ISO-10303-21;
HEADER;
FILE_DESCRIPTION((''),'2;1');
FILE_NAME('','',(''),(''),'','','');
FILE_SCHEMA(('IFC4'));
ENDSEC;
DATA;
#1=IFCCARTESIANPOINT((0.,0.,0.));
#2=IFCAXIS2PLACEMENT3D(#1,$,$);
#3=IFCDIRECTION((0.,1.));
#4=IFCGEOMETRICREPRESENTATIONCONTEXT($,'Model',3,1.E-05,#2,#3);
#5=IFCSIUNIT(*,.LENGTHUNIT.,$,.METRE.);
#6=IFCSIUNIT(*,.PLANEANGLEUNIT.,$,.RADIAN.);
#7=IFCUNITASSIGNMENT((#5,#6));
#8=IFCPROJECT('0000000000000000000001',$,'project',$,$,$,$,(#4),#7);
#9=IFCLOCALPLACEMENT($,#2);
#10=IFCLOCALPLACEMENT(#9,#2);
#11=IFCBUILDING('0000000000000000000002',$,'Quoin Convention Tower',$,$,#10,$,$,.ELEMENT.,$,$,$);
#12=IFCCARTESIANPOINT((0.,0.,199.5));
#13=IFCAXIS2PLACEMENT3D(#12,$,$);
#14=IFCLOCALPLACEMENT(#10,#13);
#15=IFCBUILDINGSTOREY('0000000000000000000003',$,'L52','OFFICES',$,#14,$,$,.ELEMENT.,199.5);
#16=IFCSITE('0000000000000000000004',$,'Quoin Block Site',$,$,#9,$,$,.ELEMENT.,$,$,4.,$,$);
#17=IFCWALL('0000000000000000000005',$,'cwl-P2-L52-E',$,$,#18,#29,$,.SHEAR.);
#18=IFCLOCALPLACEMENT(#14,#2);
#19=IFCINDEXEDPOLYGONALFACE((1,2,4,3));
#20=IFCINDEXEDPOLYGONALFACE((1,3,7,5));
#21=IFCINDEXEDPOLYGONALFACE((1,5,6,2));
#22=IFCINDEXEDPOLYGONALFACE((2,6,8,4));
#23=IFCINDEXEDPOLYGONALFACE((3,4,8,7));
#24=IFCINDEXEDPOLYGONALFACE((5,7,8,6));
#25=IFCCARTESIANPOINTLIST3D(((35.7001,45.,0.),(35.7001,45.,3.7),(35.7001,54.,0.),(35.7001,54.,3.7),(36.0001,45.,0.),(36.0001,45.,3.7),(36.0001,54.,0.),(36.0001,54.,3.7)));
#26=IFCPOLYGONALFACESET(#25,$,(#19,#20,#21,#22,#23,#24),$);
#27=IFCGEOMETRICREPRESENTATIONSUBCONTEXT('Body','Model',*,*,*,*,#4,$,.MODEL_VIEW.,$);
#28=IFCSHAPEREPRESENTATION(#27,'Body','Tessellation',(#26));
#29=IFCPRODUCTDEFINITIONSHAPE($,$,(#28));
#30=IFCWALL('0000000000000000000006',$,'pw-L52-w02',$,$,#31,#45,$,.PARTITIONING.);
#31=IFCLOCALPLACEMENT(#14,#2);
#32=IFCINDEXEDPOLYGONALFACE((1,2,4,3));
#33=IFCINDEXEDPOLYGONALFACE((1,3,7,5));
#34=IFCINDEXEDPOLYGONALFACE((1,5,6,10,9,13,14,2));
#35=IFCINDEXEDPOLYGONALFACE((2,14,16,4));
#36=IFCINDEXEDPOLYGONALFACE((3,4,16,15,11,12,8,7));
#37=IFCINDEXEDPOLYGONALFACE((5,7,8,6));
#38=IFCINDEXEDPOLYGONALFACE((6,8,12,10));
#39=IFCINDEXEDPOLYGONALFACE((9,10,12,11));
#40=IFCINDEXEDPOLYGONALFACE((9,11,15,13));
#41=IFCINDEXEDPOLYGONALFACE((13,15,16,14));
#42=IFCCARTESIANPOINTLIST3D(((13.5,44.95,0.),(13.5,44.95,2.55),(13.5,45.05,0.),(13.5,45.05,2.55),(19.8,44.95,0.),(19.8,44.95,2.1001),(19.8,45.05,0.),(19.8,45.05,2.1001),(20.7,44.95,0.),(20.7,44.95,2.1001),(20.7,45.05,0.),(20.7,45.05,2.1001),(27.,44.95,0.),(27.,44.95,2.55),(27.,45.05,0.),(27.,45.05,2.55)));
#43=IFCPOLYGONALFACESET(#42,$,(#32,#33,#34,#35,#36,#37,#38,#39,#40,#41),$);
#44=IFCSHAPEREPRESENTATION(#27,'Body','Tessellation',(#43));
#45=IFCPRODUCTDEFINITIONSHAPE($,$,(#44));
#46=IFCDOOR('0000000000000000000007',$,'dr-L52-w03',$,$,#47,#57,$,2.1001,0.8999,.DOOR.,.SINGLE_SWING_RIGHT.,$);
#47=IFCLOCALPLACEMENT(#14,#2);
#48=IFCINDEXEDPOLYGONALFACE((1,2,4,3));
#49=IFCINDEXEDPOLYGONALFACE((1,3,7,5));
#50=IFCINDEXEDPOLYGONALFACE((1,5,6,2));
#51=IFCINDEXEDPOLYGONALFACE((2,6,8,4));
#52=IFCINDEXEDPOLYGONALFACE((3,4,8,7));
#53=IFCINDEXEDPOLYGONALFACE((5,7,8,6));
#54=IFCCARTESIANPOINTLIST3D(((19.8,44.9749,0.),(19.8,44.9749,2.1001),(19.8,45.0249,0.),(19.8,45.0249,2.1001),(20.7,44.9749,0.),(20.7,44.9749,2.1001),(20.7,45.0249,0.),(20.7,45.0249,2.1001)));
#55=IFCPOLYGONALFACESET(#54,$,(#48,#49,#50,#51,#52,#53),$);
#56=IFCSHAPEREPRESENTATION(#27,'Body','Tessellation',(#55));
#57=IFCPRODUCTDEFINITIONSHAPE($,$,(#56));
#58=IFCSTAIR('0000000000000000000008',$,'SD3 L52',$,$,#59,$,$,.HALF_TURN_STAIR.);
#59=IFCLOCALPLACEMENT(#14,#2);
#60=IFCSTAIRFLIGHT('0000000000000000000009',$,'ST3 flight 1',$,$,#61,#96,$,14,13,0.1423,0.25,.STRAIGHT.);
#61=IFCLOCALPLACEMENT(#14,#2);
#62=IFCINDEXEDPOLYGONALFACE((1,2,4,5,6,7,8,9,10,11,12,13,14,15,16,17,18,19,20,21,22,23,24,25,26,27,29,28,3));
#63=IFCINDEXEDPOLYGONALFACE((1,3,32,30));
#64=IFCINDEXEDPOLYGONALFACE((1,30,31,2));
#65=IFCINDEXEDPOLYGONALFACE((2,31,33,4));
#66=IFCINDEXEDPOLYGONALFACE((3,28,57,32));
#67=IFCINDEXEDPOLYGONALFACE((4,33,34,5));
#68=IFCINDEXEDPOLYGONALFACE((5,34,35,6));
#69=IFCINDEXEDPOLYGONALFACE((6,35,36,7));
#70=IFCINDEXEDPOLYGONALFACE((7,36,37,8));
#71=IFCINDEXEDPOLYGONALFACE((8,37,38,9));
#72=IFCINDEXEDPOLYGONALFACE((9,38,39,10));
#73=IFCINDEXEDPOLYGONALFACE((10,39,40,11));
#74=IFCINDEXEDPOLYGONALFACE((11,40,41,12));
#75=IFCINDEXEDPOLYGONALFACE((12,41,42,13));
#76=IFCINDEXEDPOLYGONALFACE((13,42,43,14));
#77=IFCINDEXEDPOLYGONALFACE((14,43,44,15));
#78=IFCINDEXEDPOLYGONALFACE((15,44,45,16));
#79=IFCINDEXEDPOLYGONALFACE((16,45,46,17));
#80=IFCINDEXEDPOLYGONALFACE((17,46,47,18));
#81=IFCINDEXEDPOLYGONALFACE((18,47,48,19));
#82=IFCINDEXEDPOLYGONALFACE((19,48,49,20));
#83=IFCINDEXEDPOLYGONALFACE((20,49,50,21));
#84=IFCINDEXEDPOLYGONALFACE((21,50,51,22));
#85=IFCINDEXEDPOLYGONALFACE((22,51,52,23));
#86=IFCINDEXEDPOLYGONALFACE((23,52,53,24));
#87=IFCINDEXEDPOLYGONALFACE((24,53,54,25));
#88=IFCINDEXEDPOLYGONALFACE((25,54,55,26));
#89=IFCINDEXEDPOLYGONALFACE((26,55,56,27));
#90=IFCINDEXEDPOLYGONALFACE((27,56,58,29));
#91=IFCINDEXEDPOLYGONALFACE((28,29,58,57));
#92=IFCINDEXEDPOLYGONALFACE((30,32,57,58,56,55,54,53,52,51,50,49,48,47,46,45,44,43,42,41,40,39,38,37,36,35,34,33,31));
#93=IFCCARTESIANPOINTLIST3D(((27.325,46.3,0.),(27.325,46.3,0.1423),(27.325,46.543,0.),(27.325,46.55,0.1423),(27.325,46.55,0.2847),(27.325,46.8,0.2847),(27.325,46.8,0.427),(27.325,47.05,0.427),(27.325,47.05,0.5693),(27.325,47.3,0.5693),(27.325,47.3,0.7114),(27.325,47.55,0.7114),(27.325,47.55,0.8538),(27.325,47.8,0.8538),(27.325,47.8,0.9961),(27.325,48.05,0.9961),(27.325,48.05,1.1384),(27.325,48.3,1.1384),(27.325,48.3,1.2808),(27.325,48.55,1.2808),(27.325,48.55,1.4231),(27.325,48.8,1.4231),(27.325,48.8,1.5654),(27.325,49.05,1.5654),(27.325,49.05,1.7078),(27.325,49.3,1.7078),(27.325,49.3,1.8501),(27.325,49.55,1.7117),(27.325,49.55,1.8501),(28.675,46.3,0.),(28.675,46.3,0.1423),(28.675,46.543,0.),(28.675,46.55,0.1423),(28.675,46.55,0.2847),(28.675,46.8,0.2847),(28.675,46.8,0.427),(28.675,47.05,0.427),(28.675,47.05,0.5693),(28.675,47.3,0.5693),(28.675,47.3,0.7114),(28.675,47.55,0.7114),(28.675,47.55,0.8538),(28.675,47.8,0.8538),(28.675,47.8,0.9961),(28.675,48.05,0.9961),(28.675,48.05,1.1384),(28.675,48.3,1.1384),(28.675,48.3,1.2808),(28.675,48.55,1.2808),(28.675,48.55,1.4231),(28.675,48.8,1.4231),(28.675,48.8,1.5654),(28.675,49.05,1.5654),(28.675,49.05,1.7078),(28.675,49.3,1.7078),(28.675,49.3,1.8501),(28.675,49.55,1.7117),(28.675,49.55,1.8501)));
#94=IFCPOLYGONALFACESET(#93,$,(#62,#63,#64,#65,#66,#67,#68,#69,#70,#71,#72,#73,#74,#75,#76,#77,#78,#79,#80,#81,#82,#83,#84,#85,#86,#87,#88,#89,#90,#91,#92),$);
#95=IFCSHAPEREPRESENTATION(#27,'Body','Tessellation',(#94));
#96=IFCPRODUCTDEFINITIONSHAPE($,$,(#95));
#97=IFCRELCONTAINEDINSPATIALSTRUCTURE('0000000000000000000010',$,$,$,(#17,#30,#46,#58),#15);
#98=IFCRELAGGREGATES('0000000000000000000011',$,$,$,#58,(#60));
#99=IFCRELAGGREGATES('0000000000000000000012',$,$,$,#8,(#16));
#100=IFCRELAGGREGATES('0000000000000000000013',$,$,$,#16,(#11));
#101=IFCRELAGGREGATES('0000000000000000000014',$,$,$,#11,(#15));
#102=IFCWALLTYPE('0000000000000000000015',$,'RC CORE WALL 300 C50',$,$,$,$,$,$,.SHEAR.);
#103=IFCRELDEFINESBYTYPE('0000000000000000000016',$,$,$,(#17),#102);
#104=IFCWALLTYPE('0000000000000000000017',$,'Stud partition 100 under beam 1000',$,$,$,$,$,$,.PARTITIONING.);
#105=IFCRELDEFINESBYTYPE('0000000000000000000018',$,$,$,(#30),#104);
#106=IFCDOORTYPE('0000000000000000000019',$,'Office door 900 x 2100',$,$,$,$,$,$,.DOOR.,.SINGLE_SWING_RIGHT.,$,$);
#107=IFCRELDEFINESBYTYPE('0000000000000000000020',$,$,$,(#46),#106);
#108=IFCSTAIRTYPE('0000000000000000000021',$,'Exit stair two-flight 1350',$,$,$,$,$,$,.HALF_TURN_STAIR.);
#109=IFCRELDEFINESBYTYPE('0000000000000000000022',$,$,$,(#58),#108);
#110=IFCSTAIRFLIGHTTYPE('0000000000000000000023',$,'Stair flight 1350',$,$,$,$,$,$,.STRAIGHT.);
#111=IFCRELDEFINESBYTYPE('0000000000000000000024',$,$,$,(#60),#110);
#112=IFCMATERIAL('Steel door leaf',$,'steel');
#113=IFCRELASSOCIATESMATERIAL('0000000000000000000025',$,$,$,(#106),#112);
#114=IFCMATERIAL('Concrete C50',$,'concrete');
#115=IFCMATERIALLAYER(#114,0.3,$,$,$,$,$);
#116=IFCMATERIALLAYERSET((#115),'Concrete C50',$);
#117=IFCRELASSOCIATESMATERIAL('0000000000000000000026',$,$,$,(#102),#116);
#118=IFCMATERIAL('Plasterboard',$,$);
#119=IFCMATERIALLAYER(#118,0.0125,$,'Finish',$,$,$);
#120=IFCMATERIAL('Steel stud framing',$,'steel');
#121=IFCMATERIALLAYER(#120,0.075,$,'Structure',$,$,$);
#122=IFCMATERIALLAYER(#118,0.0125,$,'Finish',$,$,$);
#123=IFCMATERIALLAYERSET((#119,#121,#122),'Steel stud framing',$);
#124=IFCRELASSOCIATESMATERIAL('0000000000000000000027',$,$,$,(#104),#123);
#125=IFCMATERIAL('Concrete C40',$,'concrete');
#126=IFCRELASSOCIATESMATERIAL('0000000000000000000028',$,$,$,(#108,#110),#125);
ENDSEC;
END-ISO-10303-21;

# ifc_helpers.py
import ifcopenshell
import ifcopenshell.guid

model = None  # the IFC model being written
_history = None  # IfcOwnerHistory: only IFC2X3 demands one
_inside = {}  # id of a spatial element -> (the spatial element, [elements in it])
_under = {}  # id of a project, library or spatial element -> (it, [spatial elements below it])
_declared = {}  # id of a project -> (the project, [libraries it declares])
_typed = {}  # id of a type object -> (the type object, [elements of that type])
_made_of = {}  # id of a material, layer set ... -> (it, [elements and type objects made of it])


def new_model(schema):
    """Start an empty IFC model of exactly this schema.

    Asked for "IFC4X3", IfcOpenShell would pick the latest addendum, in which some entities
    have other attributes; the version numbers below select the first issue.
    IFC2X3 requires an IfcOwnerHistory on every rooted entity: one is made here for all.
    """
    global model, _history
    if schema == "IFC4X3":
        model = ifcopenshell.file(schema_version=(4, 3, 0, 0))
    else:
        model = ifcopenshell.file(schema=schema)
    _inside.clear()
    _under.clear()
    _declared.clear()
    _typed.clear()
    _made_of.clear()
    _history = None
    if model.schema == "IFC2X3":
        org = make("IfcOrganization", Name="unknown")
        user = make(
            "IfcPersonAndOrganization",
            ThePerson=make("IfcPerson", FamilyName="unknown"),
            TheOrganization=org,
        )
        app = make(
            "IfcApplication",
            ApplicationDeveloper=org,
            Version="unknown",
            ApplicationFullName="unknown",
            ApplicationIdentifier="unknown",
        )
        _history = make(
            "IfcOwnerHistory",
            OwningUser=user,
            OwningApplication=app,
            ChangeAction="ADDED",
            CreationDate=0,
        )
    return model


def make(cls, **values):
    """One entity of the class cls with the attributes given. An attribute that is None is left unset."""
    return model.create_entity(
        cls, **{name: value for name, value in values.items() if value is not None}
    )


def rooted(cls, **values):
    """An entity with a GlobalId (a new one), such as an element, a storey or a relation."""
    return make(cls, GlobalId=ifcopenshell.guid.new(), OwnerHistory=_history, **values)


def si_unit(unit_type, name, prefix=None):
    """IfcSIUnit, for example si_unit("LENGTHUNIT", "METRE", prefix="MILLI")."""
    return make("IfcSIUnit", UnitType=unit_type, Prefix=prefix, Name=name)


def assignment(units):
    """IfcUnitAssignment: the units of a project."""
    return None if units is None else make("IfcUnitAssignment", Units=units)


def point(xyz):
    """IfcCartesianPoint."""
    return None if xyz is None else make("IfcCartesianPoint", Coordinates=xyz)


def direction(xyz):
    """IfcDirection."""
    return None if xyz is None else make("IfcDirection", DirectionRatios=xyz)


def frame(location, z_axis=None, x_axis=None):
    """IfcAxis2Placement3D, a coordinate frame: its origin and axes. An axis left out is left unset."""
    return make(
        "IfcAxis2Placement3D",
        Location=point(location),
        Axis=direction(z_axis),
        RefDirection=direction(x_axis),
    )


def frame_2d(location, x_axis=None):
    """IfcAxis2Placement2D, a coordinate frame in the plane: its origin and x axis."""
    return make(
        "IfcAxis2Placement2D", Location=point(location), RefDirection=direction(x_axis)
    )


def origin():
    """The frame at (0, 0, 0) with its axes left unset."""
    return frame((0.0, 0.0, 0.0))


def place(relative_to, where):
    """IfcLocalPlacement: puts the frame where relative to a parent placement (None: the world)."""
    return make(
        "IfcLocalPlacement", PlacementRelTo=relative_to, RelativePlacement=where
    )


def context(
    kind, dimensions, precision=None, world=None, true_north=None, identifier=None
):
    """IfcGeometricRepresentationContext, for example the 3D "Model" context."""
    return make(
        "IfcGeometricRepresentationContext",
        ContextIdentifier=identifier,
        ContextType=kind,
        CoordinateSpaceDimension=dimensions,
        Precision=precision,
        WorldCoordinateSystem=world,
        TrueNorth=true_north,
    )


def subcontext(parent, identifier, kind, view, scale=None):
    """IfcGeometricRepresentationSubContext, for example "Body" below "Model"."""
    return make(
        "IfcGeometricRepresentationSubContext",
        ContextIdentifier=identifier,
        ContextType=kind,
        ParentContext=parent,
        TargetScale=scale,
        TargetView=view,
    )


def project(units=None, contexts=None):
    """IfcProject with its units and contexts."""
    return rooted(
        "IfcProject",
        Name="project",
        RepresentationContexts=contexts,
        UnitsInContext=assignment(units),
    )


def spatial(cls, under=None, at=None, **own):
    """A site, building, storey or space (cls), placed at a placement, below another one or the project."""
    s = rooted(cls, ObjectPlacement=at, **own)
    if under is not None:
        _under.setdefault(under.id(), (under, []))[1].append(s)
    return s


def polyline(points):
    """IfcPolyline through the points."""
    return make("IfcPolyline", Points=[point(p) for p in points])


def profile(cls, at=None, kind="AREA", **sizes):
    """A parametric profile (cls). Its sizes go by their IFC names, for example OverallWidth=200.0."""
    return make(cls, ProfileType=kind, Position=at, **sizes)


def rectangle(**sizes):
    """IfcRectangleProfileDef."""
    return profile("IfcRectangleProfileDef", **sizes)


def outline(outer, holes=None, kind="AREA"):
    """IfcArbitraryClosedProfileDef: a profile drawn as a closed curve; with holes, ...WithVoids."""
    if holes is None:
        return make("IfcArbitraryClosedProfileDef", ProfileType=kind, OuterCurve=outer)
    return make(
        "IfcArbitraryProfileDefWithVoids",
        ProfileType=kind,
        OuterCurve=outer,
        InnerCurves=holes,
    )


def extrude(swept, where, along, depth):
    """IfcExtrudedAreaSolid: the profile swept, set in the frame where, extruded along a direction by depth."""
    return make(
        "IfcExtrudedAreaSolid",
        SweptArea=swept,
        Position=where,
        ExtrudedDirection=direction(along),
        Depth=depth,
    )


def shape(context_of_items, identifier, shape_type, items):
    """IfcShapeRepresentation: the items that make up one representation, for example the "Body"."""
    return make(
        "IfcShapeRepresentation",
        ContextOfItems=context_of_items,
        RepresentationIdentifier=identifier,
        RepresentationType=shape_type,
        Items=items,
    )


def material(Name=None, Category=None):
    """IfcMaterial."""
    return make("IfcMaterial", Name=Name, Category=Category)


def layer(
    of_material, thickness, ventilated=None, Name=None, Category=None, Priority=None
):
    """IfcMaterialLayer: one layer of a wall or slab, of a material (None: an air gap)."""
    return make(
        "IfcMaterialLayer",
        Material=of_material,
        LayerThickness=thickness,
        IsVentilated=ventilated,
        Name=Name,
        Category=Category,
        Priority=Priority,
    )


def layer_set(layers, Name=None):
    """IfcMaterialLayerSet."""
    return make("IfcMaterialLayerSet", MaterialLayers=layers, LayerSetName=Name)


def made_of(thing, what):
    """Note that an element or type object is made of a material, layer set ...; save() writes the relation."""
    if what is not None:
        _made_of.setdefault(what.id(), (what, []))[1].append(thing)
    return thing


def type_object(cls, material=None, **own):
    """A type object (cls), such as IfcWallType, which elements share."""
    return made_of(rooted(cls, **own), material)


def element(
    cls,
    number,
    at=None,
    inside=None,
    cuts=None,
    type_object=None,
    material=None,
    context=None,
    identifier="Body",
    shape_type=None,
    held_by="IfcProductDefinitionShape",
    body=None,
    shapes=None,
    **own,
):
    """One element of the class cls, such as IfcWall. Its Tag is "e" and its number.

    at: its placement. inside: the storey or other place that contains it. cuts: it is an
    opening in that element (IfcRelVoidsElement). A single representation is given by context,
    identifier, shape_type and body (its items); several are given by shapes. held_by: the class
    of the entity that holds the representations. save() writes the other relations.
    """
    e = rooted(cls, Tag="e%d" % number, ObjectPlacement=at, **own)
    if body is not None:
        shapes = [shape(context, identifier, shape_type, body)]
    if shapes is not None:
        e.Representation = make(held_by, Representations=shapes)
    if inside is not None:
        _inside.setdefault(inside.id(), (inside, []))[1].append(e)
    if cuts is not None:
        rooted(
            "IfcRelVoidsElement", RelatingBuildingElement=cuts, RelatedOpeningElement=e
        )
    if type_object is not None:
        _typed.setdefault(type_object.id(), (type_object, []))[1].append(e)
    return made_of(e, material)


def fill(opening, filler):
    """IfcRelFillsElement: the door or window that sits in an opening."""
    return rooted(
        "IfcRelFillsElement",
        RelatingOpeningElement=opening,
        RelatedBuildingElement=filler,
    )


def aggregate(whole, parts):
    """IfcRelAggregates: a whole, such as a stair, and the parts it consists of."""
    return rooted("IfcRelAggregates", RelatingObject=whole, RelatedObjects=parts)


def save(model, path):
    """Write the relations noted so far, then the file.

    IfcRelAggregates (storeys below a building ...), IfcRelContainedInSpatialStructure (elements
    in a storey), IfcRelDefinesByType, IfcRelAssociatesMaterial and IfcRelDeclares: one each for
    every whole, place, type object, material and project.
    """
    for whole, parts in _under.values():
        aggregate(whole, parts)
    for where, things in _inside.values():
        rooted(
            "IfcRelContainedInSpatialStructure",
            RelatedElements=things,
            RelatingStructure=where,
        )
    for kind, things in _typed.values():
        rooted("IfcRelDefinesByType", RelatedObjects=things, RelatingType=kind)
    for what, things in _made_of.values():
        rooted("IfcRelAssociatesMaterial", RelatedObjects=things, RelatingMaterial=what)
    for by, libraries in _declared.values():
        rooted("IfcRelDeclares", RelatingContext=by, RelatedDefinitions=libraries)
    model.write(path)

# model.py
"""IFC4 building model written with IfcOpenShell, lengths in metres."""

from ifc_helpers import new_model, si_unit, direction, frame, frame_2d, origin, place, context, subcontext, project, spatial, polyline, rectangle, outline, extrude, material, layer, layer_set, type_object, element, fill, aggregate, save


model = new_model("IFC4")

# Units and contexts
model_context = context("Model", 3, precision=1e-05, world=origin(), true_north=direction((0.0, 1.0)))
body_context = subcontext(model_context, "Body", "Model", "MODEL_VIEW")
ifc_project = project(units=[si_unit("LENGTHUNIT", "METRE"), si_unit("PLANEANGLEUNIT", "RADIAN")], contexts=[model_context])

# Site, building, storey
site_placement = place(None, origin())
site = spatial("IfcSite", under=ifc_project, at=site_placement, Name="Quoin Block Site", CompositionType="ELEMENT", RefElevation=4.0)
building_placement = place(site_placement, origin())
building = spatial("IfcBuilding", under=site, at=building_placement, Name="Quoin Convention Tower", CompositionType="ELEMENT")
storey_placement = place(building_placement, frame((0.0, 0.0, 199.5)))
storey = spatial("IfcBuildingStorey", under=building, at=storey_placement, Name="L52", Description="OFFICES", CompositionType="ELEMENT", Elevation=199.5)

# Shared definitions
ifc_material_1 = material(Name="Concrete C50", Category="concrete")

# Shared definitions
ifc_material_2 = material(Name="Plasterboard")
ifc_material_3 = material(Name="Steel stud framing", Category="steel")
ifc_material_4 = material(Name="Steel door leaf", Category="steel")
door_type_1 = type_object("IfcDoorType", Name="Office door 900 x 2100", OperationType="SINGLE_SWING_RIGHT", PredefinedType="DOOR", material=ifc_material_4)
ifc_layer_1 = layer(ifc_material_1, 0.3)
ifc_layer_set_1 = layer_set([ifc_layer_1], Name="Concrete C50")
wall_type_1 = type_object("IfcWallType", Name="RC CORE WALL 300 C50", PredefinedType="SHEAR", material=ifc_layer_set_1)

# Wall
wall_1_placement = place(storey_placement, frame((35.8501, 45.0, 0.0), z_axis=(0.0, 0.0, 1.0), x_axis=(0.0, 1.0, 0.0)))
element("IfcWall", 1, at=wall_1_placement, inside=storey, type_object=wall_type_1, Name="cwl-P2-L52-E", PredefinedType="SHEAR", context=body_context, shape_type="SweptSolid", body=[
    extrude(rectangle(XDim=9.0, YDim=0.3, at=frame_2d((4.5, 0.0))), origin(), (0.0, 0.0, 1.0), 3.7),
])

# Wall, opening, door
ifc_layer_2 = layer(ifc_material_2, 0.0125, Name="Finish")
ifc_layer_3 = layer(ifc_material_3, 0.075, Name="Structure")
ifc_layer_4 = layer(ifc_material_2, 0.0125, Name="Finish")
ifc_layer_set_2 = layer_set([ifc_layer_2, ifc_layer_3, ifc_layer_4], Name="Steel stud framing")
wall_type_2 = type_object("IfcWallType", Name="Stud partition 100 under beam 1000", PredefinedType="PARTITIONING", material=ifc_layer_set_2)
wall_2_placement = place(storey_placement, frame((27.0, 45.0, 0.0), z_axis=(0.0, 0.0, 1.0), x_axis=(-1.0, 0.0, 0.0)))
wall_2 = element("IfcWall", 2, at=wall_2_placement, inside=storey, type_object=wall_type_2, Name="pw-L52-w02", PredefinedType="PARTITIONING", context=body_context, shape_type="SweptSolid", body=[
    extrude(rectangle(XDim=13.5, YDim=0.1001, at=frame_2d((6.75, 0.0))), origin(), (0.0, 0.0, 1.0), 2.55),
])
opening_1_placement = place(wall_2_placement, frame((6.3, 0.0, 0.0)))
opening_1 = element("IfcOpeningElement", 3, at=opening_1_placement, cuts=wall_2, PredefinedType="OPENING", context=body_context, shape_type="SweptSolid", body=[
    extrude(rectangle(XDim=0.8999, YDim=2.1001, at=frame_2d((0.45, 1.05))), frame((0.0, 0.0601, 0.0), z_axis=(0.0, -1.0, 0.0), x_axis=(1.0, 0.0, 0.0)), (0.0, 0.0, 1.0), 0.1201),
])
door_1_placement = place(opening_1_placement, frame((0.8999, 0.0, 0.0), z_axis=(0.0, 0.0, 1.0), x_axis=(-1.0, 0.0, 0.0)))
door_1 = element("IfcDoor", 4, at=door_1_placement, inside=storey, type_object=door_type_1, Name="dr-L52-w03", OperationType="SINGLE_SWING_RIGHT", OverallHeight=2.1001, OverallWidth=0.8999, PredefinedType="DOOR", context=body_context, shape_type="SweptSolid", body=[
    extrude(rectangle(XDim=0.8999, YDim=2.1001, at=frame_2d((0.45, 1.05))), frame((0.0, 0.0249, 0.0), z_axis=(0.0, -1.0, 0.0), x_axis=(1.0, 0.0, 0.0)), (0.0, 0.0, 1.0), 0.05),
])
fill(opening_1, door_1)

# Stair, stair flight
ifc_material_5 = material(Name="Concrete C40", Category="concrete")
stair_type = type_object("IfcStairType", Name="Exit stair two-flight 1350", PredefinedType="HALF_TURN_STAIR", material=ifc_material_5)
stair_placement = place(storey_placement, origin())
stair = element("IfcStair", 5, at=stair_placement, inside=storey, type_object=stair_type, Name="SD3 L52", PredefinedType="HALF_TURN_STAIR")
stair_flight_type = type_object("IfcStairFlightType", Name="Stair flight 1350", PredefinedType="STRAIGHT", material=ifc_material_5)
stair_flight_placement = place(storey_placement, frame((28.0, 46.3, 0.0), z_axis=(0.0, 0.0, 1.0), x_axis=(0.0, 1.0, 0.0)))
stair_flight = element("IfcStairFlight", 6, at=stair_flight_placement, type_object=stair_flight_type, Name="ST3 flight 1", NumberOfRisers=14, NumberOfTreads=13, PredefinedType="STRAIGHT", RiserHeight=0.1423, TreadLength=0.25, context=body_context, shape_type="SweptSolid", body=[
    extrude(outline(polyline([(0.0, 0.0), (0.0, 0.1423), (0.25, 0.1423), (0.25, 0.2847), (0.5, 0.2847), (0.5, 0.427), (0.75, 0.427), (0.75, 0.5693), (1.0, 0.5693), (1.0, 0.7114), (1.25, 0.7114), (1.25, 0.8538), (1.5, 0.8538), (1.5, 0.9961), (1.75, 0.9961), (1.75, 1.1384), (2.0, 1.1384), (2.0, 1.2808), (2.25, 1.2808), (2.25, 1.4231), (2.5, 1.4231), (2.5, 1.5654), (2.75, 1.5654), (2.75, 1.7078), (3.0, 1.7078), (3.0, 1.8501), (3.25, 1.8501), (3.25, 1.9922), (3.25, 1.7117), (0.2429, 0.0), (0.0, 0.0)])), frame((0.0, 0.675, 0.0), z_axis=(0.0, -1.0, 0.0), x_axis=(1.0, 0.0, 0.0)), (0.0, 0.0, 1.0), 1.3501),
])
aggregate(stair, [stair_flight])

save(model, "model.ifc")
